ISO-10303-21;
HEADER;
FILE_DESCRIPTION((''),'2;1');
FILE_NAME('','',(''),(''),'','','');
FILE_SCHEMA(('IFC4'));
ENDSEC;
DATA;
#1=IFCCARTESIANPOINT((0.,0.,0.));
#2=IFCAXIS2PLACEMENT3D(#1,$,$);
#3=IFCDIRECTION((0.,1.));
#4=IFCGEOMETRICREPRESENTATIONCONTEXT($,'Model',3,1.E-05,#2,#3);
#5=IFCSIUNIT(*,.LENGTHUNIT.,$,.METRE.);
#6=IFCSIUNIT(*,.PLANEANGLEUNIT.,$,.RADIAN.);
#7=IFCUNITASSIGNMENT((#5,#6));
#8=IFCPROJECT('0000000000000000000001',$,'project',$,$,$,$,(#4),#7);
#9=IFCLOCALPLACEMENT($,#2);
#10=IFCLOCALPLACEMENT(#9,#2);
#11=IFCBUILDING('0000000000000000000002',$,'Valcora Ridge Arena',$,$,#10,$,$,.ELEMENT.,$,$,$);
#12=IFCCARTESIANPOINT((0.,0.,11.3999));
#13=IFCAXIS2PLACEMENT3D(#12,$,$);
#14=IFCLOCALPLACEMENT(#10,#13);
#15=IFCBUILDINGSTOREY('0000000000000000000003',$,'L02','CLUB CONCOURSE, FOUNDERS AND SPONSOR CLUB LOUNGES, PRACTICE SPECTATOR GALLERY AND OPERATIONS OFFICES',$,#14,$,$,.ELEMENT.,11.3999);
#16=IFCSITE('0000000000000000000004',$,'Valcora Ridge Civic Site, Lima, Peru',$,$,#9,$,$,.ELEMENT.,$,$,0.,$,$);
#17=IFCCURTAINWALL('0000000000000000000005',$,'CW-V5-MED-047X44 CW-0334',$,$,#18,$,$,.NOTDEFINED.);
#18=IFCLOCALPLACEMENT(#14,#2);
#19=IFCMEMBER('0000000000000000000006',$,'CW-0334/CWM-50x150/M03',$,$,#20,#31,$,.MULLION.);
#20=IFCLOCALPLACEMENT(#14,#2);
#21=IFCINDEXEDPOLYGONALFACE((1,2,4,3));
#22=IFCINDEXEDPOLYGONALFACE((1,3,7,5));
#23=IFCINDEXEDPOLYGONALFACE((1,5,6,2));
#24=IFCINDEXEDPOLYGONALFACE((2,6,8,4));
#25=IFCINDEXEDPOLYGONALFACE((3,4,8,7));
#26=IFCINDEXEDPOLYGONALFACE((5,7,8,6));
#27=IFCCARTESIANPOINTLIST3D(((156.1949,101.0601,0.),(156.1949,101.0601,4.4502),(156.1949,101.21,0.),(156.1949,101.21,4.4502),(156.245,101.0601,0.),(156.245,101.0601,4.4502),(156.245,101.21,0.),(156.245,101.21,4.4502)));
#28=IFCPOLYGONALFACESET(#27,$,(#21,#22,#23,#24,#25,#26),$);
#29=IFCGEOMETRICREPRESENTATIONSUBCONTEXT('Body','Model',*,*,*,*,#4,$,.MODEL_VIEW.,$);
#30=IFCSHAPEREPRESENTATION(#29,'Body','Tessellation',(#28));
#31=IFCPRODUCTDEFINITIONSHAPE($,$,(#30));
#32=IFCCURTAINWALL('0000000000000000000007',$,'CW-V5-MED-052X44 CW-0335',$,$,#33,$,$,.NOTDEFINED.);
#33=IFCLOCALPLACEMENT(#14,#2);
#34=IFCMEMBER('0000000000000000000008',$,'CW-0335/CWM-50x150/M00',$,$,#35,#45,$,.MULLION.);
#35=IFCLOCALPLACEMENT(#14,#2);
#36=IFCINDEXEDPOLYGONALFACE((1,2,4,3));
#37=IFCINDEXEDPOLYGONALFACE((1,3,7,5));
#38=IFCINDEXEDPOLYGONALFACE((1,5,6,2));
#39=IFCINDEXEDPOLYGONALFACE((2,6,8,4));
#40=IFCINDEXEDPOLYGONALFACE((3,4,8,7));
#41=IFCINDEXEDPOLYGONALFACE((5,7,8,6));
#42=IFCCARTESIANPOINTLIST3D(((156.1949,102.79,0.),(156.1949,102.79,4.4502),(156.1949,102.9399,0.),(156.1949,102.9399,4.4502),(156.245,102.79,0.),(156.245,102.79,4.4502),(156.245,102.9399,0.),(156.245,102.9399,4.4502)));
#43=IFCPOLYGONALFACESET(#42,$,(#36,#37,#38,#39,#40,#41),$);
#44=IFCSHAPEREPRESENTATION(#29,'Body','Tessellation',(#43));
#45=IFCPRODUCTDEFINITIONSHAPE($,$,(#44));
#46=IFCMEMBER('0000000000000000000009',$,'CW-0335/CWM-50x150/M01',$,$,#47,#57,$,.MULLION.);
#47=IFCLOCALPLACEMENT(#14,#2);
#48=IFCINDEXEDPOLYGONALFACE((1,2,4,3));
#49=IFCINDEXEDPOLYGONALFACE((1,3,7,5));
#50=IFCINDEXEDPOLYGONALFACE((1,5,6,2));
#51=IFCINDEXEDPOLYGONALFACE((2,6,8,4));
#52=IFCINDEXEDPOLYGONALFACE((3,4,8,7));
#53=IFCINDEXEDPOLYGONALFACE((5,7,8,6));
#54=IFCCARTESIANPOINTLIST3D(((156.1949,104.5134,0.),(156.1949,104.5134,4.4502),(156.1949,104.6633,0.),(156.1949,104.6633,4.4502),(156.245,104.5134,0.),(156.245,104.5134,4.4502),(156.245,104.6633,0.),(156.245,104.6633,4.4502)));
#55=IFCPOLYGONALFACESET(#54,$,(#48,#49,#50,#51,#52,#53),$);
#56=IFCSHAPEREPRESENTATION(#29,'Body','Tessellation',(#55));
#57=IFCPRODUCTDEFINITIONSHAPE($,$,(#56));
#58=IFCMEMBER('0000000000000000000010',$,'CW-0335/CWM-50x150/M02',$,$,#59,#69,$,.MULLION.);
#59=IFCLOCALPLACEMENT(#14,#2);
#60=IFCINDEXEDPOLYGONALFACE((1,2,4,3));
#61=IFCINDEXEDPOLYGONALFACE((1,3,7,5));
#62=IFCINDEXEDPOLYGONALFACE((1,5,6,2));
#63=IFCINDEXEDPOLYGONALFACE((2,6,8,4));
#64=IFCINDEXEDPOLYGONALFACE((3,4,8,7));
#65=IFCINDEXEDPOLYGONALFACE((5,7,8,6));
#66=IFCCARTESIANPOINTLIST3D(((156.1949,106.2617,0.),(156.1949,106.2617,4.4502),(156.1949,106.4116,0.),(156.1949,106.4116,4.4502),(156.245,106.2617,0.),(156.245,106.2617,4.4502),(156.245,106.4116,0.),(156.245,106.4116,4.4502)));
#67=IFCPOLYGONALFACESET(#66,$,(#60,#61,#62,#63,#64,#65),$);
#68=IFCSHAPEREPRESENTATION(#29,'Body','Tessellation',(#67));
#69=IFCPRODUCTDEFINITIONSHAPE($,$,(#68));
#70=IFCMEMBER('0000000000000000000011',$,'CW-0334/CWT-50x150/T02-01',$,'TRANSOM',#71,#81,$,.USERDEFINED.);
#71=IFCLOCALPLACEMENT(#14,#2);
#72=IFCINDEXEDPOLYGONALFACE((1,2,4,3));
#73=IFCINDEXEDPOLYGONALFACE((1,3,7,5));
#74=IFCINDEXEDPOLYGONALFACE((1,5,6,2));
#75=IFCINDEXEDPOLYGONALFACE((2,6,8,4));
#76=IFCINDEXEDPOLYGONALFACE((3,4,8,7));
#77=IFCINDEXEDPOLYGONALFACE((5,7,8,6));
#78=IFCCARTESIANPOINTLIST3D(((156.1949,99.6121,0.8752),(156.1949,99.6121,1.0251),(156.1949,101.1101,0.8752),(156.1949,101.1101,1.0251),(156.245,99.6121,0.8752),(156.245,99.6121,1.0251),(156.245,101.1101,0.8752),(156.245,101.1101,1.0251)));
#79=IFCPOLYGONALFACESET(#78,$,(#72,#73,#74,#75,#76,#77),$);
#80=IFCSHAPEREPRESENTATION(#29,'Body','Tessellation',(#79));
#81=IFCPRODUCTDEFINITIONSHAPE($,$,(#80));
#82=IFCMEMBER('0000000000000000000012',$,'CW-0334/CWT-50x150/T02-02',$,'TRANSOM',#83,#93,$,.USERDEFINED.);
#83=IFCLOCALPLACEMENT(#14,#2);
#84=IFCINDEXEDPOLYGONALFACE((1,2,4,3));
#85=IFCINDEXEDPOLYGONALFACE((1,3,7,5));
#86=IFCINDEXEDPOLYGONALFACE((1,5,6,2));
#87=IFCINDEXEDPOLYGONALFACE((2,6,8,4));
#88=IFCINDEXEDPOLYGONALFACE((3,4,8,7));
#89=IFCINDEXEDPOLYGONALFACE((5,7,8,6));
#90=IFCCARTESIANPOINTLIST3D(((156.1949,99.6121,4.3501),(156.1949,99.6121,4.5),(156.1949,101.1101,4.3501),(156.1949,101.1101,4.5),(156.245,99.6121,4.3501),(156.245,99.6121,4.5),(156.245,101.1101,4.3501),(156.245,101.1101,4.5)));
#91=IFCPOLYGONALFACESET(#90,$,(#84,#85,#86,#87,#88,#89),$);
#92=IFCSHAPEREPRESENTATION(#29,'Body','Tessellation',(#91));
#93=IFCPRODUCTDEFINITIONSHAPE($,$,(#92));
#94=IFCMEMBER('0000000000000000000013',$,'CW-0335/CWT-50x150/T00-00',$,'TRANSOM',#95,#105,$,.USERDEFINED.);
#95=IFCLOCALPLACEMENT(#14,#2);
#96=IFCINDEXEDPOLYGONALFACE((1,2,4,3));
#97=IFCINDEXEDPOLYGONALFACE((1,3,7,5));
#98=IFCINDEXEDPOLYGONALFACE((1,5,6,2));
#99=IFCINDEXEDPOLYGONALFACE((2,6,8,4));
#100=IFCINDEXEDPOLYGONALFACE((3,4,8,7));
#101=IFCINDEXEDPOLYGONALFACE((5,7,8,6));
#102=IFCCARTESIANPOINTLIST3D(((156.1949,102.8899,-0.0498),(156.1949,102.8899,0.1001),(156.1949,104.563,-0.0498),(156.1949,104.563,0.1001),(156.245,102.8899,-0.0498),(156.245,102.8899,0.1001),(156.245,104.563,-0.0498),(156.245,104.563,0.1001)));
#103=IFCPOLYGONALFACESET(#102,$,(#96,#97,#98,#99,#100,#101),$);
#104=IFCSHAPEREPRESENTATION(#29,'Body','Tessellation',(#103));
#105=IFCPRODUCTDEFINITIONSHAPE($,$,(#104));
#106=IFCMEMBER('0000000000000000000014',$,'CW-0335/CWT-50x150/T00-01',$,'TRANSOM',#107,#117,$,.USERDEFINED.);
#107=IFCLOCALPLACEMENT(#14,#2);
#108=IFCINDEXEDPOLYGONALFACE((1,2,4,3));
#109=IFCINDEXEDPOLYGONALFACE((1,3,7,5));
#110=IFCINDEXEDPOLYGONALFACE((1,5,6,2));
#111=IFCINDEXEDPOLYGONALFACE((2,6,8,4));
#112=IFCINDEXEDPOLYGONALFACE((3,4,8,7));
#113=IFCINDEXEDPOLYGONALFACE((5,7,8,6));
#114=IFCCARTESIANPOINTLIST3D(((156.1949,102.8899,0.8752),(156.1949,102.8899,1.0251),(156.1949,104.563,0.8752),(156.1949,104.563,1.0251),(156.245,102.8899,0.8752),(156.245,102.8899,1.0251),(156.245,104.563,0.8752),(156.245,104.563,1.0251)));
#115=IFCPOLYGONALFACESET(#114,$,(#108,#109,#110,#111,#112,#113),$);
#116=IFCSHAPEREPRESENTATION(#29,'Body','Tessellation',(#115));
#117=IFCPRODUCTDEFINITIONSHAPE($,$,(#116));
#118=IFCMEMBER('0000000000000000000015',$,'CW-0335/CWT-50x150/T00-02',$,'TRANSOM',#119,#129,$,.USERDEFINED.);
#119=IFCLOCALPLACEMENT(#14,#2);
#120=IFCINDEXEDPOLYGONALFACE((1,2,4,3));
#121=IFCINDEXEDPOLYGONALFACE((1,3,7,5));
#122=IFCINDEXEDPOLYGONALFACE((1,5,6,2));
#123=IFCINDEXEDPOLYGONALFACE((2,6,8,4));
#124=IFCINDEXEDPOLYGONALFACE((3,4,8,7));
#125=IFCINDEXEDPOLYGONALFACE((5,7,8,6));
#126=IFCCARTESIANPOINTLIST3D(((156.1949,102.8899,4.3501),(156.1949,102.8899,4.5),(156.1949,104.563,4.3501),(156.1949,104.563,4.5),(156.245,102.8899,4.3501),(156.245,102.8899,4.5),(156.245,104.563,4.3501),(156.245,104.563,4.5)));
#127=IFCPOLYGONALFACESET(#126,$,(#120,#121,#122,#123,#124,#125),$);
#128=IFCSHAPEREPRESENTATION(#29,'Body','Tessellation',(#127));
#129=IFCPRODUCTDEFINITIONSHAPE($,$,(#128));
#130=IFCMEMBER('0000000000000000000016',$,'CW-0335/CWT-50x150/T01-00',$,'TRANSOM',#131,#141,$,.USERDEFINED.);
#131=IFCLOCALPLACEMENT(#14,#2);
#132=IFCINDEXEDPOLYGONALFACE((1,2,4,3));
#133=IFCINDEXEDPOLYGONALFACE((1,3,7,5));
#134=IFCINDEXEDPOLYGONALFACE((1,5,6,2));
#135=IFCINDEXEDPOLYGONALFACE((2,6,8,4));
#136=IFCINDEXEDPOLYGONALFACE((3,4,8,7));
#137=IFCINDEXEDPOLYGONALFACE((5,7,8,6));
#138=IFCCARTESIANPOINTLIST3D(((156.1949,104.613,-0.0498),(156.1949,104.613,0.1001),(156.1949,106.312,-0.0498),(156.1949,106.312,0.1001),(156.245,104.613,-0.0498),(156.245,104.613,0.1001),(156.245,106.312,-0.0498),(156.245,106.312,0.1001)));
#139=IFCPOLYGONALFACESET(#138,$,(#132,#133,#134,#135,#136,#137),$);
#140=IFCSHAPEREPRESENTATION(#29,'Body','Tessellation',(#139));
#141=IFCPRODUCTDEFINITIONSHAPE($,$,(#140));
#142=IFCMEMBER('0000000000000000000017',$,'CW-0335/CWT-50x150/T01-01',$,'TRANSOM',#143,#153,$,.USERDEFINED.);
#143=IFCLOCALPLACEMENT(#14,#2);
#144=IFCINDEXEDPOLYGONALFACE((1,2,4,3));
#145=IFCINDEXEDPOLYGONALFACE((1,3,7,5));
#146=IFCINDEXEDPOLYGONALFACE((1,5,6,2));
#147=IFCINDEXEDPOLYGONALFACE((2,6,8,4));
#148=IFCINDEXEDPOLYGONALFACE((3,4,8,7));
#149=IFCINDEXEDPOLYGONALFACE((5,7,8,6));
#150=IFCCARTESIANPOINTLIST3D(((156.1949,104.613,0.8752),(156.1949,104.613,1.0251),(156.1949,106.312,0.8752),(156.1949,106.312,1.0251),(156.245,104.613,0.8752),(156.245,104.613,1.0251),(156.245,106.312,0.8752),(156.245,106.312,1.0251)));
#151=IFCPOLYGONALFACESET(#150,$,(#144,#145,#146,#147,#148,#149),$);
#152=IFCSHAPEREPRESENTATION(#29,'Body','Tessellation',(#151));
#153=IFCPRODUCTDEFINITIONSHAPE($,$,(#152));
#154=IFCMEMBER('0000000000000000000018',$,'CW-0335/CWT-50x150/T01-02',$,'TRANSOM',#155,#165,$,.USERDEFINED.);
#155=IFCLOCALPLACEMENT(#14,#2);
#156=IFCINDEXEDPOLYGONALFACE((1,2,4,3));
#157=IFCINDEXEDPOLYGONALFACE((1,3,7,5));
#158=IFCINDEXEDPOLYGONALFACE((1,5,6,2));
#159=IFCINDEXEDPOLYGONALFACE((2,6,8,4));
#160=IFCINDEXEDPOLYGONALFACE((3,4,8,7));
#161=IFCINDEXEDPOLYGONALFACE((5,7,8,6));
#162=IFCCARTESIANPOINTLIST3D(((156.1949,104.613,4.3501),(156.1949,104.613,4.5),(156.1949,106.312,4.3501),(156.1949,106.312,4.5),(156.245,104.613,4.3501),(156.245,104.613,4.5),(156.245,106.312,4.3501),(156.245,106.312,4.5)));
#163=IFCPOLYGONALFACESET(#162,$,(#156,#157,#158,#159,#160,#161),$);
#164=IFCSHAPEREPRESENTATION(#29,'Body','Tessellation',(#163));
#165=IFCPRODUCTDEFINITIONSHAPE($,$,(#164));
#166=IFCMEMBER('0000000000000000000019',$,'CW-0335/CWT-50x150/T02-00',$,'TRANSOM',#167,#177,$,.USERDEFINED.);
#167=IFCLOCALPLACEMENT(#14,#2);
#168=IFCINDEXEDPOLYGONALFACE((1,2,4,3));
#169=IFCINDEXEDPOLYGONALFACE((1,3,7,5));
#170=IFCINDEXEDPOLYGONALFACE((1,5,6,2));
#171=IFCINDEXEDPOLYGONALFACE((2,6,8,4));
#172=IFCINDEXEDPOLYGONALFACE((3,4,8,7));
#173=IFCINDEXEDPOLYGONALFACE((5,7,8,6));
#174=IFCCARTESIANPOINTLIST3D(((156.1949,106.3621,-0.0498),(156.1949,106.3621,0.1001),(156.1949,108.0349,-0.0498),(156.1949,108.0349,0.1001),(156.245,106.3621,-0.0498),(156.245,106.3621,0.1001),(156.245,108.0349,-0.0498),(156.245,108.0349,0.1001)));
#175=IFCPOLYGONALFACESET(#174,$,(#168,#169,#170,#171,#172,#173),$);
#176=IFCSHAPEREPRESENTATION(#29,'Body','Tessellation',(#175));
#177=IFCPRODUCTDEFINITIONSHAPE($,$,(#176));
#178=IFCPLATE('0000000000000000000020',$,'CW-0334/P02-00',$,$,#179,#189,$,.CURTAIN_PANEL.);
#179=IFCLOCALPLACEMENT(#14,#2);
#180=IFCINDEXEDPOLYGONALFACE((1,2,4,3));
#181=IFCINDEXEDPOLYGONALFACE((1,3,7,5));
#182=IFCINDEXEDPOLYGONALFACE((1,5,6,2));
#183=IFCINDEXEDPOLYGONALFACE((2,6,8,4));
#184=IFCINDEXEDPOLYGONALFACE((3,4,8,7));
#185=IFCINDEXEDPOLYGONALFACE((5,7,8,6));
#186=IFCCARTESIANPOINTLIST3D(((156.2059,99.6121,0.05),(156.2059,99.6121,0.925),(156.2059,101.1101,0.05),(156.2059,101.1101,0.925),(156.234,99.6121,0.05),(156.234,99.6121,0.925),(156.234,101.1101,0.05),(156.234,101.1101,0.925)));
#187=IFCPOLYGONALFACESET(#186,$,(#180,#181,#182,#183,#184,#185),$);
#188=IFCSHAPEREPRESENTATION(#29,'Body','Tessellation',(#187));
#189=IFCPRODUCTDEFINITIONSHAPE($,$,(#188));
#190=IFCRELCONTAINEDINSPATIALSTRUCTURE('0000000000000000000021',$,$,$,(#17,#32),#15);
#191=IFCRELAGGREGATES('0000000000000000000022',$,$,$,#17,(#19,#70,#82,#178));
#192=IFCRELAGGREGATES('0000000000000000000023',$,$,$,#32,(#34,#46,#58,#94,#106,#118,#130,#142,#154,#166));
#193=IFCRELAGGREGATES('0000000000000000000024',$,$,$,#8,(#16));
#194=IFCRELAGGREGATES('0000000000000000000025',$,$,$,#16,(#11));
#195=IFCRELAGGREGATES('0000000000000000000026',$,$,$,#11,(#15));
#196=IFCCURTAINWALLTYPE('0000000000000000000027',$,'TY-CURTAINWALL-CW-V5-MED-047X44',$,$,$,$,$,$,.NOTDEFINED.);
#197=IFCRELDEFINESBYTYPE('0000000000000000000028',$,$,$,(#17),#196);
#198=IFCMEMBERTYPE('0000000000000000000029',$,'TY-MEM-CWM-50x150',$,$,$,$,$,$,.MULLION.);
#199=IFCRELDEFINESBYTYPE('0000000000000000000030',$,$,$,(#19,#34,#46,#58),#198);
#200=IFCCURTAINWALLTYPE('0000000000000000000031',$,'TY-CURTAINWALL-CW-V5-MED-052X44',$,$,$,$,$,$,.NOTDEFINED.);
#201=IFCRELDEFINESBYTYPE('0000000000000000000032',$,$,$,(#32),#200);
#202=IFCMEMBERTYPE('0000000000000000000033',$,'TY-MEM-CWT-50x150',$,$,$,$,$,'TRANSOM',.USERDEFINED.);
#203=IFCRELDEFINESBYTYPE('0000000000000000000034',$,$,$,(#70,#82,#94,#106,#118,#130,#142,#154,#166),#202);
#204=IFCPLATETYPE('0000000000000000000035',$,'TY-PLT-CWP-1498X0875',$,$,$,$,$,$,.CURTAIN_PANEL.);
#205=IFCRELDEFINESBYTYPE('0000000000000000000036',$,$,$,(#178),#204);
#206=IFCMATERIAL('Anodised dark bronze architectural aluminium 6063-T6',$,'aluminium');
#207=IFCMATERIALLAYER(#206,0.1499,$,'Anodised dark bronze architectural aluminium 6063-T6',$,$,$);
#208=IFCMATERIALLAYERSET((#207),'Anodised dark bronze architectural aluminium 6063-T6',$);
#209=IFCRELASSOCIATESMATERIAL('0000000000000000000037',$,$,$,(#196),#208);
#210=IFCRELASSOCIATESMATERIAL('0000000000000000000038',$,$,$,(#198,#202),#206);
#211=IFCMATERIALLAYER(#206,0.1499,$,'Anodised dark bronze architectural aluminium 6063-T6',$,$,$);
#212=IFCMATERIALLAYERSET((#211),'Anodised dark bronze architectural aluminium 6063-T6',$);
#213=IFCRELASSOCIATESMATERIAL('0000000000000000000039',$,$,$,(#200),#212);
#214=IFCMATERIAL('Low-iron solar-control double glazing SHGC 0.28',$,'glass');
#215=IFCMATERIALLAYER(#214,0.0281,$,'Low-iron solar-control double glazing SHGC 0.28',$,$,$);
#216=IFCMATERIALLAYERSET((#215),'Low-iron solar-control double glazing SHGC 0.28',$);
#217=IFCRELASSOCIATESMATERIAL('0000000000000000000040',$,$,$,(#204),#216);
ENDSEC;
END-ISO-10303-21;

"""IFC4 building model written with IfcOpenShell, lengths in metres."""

from ifc_helpers import new_model, si_unit, direction, frame, origin, origin_2d, place, context, subcontext, project, spatial, rectangle, extrude, material, layer, layer_set, material_profile, profile_set, type_object, element, aggregate, save


model = new_model("IFC4")

# Units and contexts
model_context = context("Model", 3, precision=1e-05, world=origin(), true_north=direction((0.0, 1.0)))
body_context = subcontext(model_context, "Body", "Model", "MODEL_VIEW")
ifc_project = project(units=[si_unit("LENGTHUNIT", "METRE"), si_unit("PLANEANGLEUNIT", "RADIAN")], contexts=[model_context])

# Site, building, storey
site_placement = place(None, origin())
site = spatial("IfcSite", under=ifc_project, at=site_placement, Name="Valcora Ridge Civic Site, Lima, Peru", CompositionType="ELEMENT", RefElevation=0.0)
building_placement = place(site_placement, origin())
building = spatial("IfcBuilding", under=site, at=building_placement, Name="Valcora Ridge Arena", CompositionType="ELEMENT")
storey_placement = place(building_placement, frame((0.0, 0.0, 11.3999)))
storey = spatial("IfcBuildingStorey", under=building, at=storey_placement, Name="L02", Description="CLUB CONCOURSE, FOUNDERS AND SPONSOR CLUB LOUNGES, PRACTICE SPECTATOR GALLERY AND OPERATIONS OFFICES", CompositionType="ELEMENT", Elevation=11.3999)

# Curtain wall, member
ifc_material_1 = material(Name="Anodised dark bronze architectural aluminium 6063-T6", Category="aluminium")
ifc_layer_1 = layer(ifc_material_1, 0.1499, Name="Anodised dark bronze architectural aluminium 6063-T6")
ifc_layer_set_1 = layer_set([ifc_layer_1], Name="Anodised dark bronze architectural aluminium 6063-T6")
curtain_wall_type_1 = type_object("IfcCurtainWallType", Name="TY-CURTAINWALL-CW-V5-MED-047X44", PredefinedType="NOTDEFINED", material=ifc_layer_set_1)
curtain_wall_1_placement = place(storey_placement, origin())
curtain_wall_1 = element("IfcCurtainWall", 1, at=curtain_wall_1_placement, inside=storey, type_object=curtain_wall_type_1, Name="CW-V5-MED-047X44 CW-0334", PredefinedType="NOTDEFINED")
ifc_material_profile_1 = material_profile(ifc_material_1, rectangle(XDim=0.05, YDim=0.1499, at=origin_2d()), Name="ALU MULLION 50x150")
ifc_profile_set_1 = profile_set([ifc_material_profile_1], Name="Anodised dark bronze architectural aluminium 6063-T6")
member_type_1 = type_object("IfcMemberType", Name="TY-MEM-CWM-50x150", PredefinedType="MULLION", material=ifc_profile_set_1)
member_1_placement = place(storey_placement, frame((156.22, 101.135, 0.0), z_axis=(0.0, 0.0, 1.0), x_axis=(-1.0, 0.0, 0.0)))
member_1 = element("IfcMember", 2, at=member_1_placement, type_object=member_type_1, Name="CW-0334/CWM-50x150/M03", PredefinedType="MULLION", context=body_context, shape_type="SweptSolid", body=[
    extrude(rectangle(XDim=0.05, YDim=0.1499, at=origin_2d()), origin(), (0.0, 0.0, 1.0), 4.4502),
])

# Curtain wall, members
ifc_layer_2 = layer(ifc_material_1, 0.1499, Name="Anodised dark bronze architectural aluminium 6063-T6")
ifc_layer_set_2 = layer_set([ifc_layer_2], Name="Anodised dark bronze architectural aluminium 6063-T6")
curtain_wall_type_2 = type_object("IfcCurtainWallType", Name="TY-CURTAINWALL-CW-V5-MED-052X44", PredefinedType="NOTDEFINED", material=ifc_layer_set_2)
curtain_wall_2_placement = place(storey_placement, origin())
curtain_wall_2 = element("IfcCurtainWall", 3, at=curtain_wall_2_placement, inside=storey, type_object=curtain_wall_type_2, Name="CW-V5-MED-052X44 CW-0335", PredefinedType="NOTDEFINED")
member_2_placement = place(storey_placement, frame((156.22, 102.865, 0.0), z_axis=(0.0, 0.0, 1.0), x_axis=(-1.0, 0.0, 0.0)))
member_2 = element("IfcMember", 4, at=member_2_placement, type_object=member_type_1, Name="CW-0335/CWM-50x150/M00", PredefinedType="MULLION", context=body_context, shape_type="SweptSolid", body=[
    extrude(rectangle(XDim=0.05, YDim=0.1499, at=origin_2d()), origin(), (0.0, 0.0, 1.0), 4.4502),
])
member_3_placement = place(storey_placement, frame((156.22, 104.5884, 0.0), z_axis=(0.0, 0.0, 1.0), x_axis=(-1.0, 0.0, 0.0)))
member_3 = element("IfcMember", 5, at=member_3_placement, type_object=member_type_1, Name="CW-0335/CWM-50x150/M01", PredefinedType="MULLION", context=body_context, shape_type="SweptSolid", body=[
    extrude(rectangle(XDim=0.05, YDim=0.1499, at=origin_2d()), origin(), (0.0, 0.0, 1.0), 4.4502),
])
member_4_placement = place(storey_placement, frame((156.22, 106.3367, 0.0), z_axis=(0.0, 0.0, 1.0), x_axis=(-1.0, 0.0, 0.0)))
member_4 = element("IfcMember", 6, at=member_4_placement, type_object=member_type_1, Name="CW-0335/CWM-50x150/M02", PredefinedType="MULLION", context=body_context, shape_type="SweptSolid", body=[
    extrude(rectangle(XDim=0.05, YDim=0.1499, at=origin_2d()), origin(), (0.0, 0.0, 1.0), 4.4502),
])

# Members
ifc_material_profile_2 = material_profile(ifc_material_1, rectangle(XDim=0.05, YDim=0.1499, at=origin_2d()), Name="ALU TRANSOM 50x150")
ifc_profile_set_2 = profile_set([ifc_material_profile_2], Name="Anodised dark bronze architectural aluminium 6063-T6")
member_type_2 = type_object("IfcMemberType", Name="TY-MEM-CWT-50x150", ElementType="TRANSOM", PredefinedType="USERDEFINED", material=ifc_profile_set_2)
member_5_placement = place(storey_placement, frame((156.22, 99.6121, 0.9502), z_axis=(0.0, 1.0, 0.0), x_axis=(-1.0, 0.0, 0.0)))
member_5 = element("IfcMember", 7, at=member_5_placement, type_object=member_type_2, Name="CW-0334/CWT-50x150/T02-01", ObjectType="TRANSOM", PredefinedType="USERDEFINED", context=body_context, shape_type="SweptSolid", body=[
    extrude(rectangle(XDim=0.05, YDim=0.1499, at=origin_2d()), origin(), (0.0, 0.0, 1.0), 1.498),
])
member_6_placement = place(storey_placement, frame((156.22, 99.6121, 4.425), z_axis=(0.0, 1.0, 0.0), x_axis=(-1.0, 0.0, 0.0)))
member_6 = element("IfcMember", 8, at=member_6_placement, type_object=member_type_2, Name="CW-0334/CWT-50x150/T02-02", ObjectType="TRANSOM", PredefinedType="USERDEFINED", context=body_context, shape_type="SweptSolid", body=[
    extrude(rectangle(XDim=0.05, YDim=0.1499, at=origin_2d()), origin(), (0.0, 0.0, 1.0), 1.498),
])
member_7_placement = place(storey_placement, frame((156.22, 102.8899, 0.0251), z_axis=(0.0, 1.0, 0.0), x_axis=(-1.0, 0.0, 0.0)))
member_7 = element("IfcMember", 9, at=member_7_placement, type_object=member_type_2, Name="CW-0335/CWT-50x150/T00-00", ObjectType="TRANSOM", PredefinedType="USERDEFINED", context=body_context, shape_type="SweptSolid", body=[
    extrude(rectangle(XDim=0.05, YDim=0.1499, at=origin_2d()), origin(), (0.0, 0.0, 1.0), 1.6731),
])
member_8_placement = place(storey_placement, frame((156.22, 102.8899, 0.9502), z_axis=(0.0, 1.0, 0.0), x_axis=(-1.0, 0.0, 0.0)))
member_8 = element("IfcMember", 10, at=member_8_placement, type_object=member_type_2, Name="CW-0335/CWT-50x150/T00-01", ObjectType="TRANSOM", PredefinedType="USERDEFINED", context=body_context, shape_type="SweptSolid", body=[
    extrude(rectangle(XDim=0.05, YDim=0.1499, at=origin_2d()), origin(), (0.0, 0.0, 1.0), 1.6731),
])
member_9_placement = place(storey_placement, frame((156.22, 102.8899, 4.425), z_axis=(0.0, 1.0, 0.0), x_axis=(-1.0, 0.0, 0.0)))
member_9 = element("IfcMember", 11, at=member_9_placement, type_object=member_type_2, Name="CW-0335/CWT-50x150/T00-02", ObjectType="TRANSOM", PredefinedType="USERDEFINED", context=body_context, shape_type="SweptSolid", body=[
    extrude(rectangle(XDim=0.05, YDim=0.1499, at=origin_2d()), origin(), (0.0, 0.0, 1.0), 1.6731),
])
member_10_placement = place(storey_placement, frame((156.22, 104.613, 0.0251), z_axis=(0.0, 1.0, 0.0), x_axis=(-1.0, 0.0, 0.0)))
member_10 = element("IfcMember", 12, at=member_10_placement, type_object=member_type_2, Name="CW-0335/CWT-50x150/T01-00", ObjectType="TRANSOM", PredefinedType="USERDEFINED", context=body_context, shape_type="SweptSolid", body=[
    extrude(rectangle(XDim=0.05, YDim=0.1499, at=origin_2d()), origin(), (0.0, 0.0, 1.0), 1.699),
])
member_11_placement = place(storey_placement, frame((156.22, 104.613, 0.9502), z_axis=(0.0, 1.0, 0.0), x_axis=(-1.0, 0.0, 0.0)))
member_11 = element("IfcMember", 13, at=member_11_placement, type_object=member_type_2, Name="CW-0335/CWT-50x150/T01-01", ObjectType="TRANSOM", PredefinedType="USERDEFINED", context=body_context, shape_type="SweptSolid", body=[
    extrude(rectangle(XDim=0.05, YDim=0.1499, at=origin_2d()), origin(), (0.0, 0.0, 1.0), 1.699),
])
member_12_placement = place(storey_placement, frame((156.22, 104.613, 4.425), z_axis=(0.0, 1.0, 0.0), x_axis=(-1.0, 0.0, 0.0)))
member_12 = element("IfcMember", 14, at=member_12_placement, type_object=member_type_2, Name="CW-0335/CWT-50x150/T01-02", ObjectType="TRANSOM", PredefinedType="USERDEFINED", context=body_context, shape_type="SweptSolid", body=[
    extrude(rectangle(XDim=0.05, YDim=0.1499, at=origin_2d()), origin(), (0.0, 0.0, 1.0), 1.699),
])
member_13_placement = place(storey_placement, frame((156.22, 106.3621, 0.0251), z_axis=(0.0, 1.0, 0.0), x_axis=(-1.0, 0.0, 0.0)))
member_13 = element("IfcMember", 15, at=member_13_placement, type_object=member_type_2, Name="CW-0335/CWT-50x150/T02-00", ObjectType="TRANSOM", PredefinedType="USERDEFINED", context=body_context, shape_type="SweptSolid", body=[
    extrude(rectangle(XDim=0.05, YDim=0.1499, at=origin_2d()), origin(), (0.0, 0.0, 1.0), 1.6729),
])

# Plate
ifc_material_2 = material(Name="Low-iron solar-control double glazing SHGC 0.28", Category="glass")
ifc_layer_3 = layer(ifc_material_2, 0.0281, Name="Low-iron solar-control double glazing SHGC 0.28")
ifc_layer_set_3 = layer_set([ifc_layer_3], Name="Low-iron solar-control double glazing SHGC 0.28")
plate_type_1 = type_object("IfcPlateType", Name="TY-PLT-CWP-1498X0875", PredefinedType="CURTAIN_PANEL", material=ifc_layer_set_3)
plate_1_placement = place(storey_placement, frame((156.22, 100.3611, 0.05), z_axis=(0.0, 0.0, 1.0), x_axis=(0.0, 1.0, 0.0)))
plate_1 = element("IfcPlate", 16, at=plate_1_placement, type_object=plate_type_1, Name="CW-0334/P02-00", PredefinedType="CURTAIN_PANEL", context=body_context, shape_type="SweptSolid", body=[
    extrude(rectangle(XDim=1.498, YDim=0.0281, at=origin_2d()), origin(), (0.0, 0.0, 1.0), 0.875),
])
aggregate(curtain_wall_1, [member_1, member_5, member_6, plate_1])
aggregate(curtain_wall_2, [member_2, member_3, member_4, member_7, member_8, member_9, member_10, member_11, member_12, member_13])

save(model, "model.ifc")
